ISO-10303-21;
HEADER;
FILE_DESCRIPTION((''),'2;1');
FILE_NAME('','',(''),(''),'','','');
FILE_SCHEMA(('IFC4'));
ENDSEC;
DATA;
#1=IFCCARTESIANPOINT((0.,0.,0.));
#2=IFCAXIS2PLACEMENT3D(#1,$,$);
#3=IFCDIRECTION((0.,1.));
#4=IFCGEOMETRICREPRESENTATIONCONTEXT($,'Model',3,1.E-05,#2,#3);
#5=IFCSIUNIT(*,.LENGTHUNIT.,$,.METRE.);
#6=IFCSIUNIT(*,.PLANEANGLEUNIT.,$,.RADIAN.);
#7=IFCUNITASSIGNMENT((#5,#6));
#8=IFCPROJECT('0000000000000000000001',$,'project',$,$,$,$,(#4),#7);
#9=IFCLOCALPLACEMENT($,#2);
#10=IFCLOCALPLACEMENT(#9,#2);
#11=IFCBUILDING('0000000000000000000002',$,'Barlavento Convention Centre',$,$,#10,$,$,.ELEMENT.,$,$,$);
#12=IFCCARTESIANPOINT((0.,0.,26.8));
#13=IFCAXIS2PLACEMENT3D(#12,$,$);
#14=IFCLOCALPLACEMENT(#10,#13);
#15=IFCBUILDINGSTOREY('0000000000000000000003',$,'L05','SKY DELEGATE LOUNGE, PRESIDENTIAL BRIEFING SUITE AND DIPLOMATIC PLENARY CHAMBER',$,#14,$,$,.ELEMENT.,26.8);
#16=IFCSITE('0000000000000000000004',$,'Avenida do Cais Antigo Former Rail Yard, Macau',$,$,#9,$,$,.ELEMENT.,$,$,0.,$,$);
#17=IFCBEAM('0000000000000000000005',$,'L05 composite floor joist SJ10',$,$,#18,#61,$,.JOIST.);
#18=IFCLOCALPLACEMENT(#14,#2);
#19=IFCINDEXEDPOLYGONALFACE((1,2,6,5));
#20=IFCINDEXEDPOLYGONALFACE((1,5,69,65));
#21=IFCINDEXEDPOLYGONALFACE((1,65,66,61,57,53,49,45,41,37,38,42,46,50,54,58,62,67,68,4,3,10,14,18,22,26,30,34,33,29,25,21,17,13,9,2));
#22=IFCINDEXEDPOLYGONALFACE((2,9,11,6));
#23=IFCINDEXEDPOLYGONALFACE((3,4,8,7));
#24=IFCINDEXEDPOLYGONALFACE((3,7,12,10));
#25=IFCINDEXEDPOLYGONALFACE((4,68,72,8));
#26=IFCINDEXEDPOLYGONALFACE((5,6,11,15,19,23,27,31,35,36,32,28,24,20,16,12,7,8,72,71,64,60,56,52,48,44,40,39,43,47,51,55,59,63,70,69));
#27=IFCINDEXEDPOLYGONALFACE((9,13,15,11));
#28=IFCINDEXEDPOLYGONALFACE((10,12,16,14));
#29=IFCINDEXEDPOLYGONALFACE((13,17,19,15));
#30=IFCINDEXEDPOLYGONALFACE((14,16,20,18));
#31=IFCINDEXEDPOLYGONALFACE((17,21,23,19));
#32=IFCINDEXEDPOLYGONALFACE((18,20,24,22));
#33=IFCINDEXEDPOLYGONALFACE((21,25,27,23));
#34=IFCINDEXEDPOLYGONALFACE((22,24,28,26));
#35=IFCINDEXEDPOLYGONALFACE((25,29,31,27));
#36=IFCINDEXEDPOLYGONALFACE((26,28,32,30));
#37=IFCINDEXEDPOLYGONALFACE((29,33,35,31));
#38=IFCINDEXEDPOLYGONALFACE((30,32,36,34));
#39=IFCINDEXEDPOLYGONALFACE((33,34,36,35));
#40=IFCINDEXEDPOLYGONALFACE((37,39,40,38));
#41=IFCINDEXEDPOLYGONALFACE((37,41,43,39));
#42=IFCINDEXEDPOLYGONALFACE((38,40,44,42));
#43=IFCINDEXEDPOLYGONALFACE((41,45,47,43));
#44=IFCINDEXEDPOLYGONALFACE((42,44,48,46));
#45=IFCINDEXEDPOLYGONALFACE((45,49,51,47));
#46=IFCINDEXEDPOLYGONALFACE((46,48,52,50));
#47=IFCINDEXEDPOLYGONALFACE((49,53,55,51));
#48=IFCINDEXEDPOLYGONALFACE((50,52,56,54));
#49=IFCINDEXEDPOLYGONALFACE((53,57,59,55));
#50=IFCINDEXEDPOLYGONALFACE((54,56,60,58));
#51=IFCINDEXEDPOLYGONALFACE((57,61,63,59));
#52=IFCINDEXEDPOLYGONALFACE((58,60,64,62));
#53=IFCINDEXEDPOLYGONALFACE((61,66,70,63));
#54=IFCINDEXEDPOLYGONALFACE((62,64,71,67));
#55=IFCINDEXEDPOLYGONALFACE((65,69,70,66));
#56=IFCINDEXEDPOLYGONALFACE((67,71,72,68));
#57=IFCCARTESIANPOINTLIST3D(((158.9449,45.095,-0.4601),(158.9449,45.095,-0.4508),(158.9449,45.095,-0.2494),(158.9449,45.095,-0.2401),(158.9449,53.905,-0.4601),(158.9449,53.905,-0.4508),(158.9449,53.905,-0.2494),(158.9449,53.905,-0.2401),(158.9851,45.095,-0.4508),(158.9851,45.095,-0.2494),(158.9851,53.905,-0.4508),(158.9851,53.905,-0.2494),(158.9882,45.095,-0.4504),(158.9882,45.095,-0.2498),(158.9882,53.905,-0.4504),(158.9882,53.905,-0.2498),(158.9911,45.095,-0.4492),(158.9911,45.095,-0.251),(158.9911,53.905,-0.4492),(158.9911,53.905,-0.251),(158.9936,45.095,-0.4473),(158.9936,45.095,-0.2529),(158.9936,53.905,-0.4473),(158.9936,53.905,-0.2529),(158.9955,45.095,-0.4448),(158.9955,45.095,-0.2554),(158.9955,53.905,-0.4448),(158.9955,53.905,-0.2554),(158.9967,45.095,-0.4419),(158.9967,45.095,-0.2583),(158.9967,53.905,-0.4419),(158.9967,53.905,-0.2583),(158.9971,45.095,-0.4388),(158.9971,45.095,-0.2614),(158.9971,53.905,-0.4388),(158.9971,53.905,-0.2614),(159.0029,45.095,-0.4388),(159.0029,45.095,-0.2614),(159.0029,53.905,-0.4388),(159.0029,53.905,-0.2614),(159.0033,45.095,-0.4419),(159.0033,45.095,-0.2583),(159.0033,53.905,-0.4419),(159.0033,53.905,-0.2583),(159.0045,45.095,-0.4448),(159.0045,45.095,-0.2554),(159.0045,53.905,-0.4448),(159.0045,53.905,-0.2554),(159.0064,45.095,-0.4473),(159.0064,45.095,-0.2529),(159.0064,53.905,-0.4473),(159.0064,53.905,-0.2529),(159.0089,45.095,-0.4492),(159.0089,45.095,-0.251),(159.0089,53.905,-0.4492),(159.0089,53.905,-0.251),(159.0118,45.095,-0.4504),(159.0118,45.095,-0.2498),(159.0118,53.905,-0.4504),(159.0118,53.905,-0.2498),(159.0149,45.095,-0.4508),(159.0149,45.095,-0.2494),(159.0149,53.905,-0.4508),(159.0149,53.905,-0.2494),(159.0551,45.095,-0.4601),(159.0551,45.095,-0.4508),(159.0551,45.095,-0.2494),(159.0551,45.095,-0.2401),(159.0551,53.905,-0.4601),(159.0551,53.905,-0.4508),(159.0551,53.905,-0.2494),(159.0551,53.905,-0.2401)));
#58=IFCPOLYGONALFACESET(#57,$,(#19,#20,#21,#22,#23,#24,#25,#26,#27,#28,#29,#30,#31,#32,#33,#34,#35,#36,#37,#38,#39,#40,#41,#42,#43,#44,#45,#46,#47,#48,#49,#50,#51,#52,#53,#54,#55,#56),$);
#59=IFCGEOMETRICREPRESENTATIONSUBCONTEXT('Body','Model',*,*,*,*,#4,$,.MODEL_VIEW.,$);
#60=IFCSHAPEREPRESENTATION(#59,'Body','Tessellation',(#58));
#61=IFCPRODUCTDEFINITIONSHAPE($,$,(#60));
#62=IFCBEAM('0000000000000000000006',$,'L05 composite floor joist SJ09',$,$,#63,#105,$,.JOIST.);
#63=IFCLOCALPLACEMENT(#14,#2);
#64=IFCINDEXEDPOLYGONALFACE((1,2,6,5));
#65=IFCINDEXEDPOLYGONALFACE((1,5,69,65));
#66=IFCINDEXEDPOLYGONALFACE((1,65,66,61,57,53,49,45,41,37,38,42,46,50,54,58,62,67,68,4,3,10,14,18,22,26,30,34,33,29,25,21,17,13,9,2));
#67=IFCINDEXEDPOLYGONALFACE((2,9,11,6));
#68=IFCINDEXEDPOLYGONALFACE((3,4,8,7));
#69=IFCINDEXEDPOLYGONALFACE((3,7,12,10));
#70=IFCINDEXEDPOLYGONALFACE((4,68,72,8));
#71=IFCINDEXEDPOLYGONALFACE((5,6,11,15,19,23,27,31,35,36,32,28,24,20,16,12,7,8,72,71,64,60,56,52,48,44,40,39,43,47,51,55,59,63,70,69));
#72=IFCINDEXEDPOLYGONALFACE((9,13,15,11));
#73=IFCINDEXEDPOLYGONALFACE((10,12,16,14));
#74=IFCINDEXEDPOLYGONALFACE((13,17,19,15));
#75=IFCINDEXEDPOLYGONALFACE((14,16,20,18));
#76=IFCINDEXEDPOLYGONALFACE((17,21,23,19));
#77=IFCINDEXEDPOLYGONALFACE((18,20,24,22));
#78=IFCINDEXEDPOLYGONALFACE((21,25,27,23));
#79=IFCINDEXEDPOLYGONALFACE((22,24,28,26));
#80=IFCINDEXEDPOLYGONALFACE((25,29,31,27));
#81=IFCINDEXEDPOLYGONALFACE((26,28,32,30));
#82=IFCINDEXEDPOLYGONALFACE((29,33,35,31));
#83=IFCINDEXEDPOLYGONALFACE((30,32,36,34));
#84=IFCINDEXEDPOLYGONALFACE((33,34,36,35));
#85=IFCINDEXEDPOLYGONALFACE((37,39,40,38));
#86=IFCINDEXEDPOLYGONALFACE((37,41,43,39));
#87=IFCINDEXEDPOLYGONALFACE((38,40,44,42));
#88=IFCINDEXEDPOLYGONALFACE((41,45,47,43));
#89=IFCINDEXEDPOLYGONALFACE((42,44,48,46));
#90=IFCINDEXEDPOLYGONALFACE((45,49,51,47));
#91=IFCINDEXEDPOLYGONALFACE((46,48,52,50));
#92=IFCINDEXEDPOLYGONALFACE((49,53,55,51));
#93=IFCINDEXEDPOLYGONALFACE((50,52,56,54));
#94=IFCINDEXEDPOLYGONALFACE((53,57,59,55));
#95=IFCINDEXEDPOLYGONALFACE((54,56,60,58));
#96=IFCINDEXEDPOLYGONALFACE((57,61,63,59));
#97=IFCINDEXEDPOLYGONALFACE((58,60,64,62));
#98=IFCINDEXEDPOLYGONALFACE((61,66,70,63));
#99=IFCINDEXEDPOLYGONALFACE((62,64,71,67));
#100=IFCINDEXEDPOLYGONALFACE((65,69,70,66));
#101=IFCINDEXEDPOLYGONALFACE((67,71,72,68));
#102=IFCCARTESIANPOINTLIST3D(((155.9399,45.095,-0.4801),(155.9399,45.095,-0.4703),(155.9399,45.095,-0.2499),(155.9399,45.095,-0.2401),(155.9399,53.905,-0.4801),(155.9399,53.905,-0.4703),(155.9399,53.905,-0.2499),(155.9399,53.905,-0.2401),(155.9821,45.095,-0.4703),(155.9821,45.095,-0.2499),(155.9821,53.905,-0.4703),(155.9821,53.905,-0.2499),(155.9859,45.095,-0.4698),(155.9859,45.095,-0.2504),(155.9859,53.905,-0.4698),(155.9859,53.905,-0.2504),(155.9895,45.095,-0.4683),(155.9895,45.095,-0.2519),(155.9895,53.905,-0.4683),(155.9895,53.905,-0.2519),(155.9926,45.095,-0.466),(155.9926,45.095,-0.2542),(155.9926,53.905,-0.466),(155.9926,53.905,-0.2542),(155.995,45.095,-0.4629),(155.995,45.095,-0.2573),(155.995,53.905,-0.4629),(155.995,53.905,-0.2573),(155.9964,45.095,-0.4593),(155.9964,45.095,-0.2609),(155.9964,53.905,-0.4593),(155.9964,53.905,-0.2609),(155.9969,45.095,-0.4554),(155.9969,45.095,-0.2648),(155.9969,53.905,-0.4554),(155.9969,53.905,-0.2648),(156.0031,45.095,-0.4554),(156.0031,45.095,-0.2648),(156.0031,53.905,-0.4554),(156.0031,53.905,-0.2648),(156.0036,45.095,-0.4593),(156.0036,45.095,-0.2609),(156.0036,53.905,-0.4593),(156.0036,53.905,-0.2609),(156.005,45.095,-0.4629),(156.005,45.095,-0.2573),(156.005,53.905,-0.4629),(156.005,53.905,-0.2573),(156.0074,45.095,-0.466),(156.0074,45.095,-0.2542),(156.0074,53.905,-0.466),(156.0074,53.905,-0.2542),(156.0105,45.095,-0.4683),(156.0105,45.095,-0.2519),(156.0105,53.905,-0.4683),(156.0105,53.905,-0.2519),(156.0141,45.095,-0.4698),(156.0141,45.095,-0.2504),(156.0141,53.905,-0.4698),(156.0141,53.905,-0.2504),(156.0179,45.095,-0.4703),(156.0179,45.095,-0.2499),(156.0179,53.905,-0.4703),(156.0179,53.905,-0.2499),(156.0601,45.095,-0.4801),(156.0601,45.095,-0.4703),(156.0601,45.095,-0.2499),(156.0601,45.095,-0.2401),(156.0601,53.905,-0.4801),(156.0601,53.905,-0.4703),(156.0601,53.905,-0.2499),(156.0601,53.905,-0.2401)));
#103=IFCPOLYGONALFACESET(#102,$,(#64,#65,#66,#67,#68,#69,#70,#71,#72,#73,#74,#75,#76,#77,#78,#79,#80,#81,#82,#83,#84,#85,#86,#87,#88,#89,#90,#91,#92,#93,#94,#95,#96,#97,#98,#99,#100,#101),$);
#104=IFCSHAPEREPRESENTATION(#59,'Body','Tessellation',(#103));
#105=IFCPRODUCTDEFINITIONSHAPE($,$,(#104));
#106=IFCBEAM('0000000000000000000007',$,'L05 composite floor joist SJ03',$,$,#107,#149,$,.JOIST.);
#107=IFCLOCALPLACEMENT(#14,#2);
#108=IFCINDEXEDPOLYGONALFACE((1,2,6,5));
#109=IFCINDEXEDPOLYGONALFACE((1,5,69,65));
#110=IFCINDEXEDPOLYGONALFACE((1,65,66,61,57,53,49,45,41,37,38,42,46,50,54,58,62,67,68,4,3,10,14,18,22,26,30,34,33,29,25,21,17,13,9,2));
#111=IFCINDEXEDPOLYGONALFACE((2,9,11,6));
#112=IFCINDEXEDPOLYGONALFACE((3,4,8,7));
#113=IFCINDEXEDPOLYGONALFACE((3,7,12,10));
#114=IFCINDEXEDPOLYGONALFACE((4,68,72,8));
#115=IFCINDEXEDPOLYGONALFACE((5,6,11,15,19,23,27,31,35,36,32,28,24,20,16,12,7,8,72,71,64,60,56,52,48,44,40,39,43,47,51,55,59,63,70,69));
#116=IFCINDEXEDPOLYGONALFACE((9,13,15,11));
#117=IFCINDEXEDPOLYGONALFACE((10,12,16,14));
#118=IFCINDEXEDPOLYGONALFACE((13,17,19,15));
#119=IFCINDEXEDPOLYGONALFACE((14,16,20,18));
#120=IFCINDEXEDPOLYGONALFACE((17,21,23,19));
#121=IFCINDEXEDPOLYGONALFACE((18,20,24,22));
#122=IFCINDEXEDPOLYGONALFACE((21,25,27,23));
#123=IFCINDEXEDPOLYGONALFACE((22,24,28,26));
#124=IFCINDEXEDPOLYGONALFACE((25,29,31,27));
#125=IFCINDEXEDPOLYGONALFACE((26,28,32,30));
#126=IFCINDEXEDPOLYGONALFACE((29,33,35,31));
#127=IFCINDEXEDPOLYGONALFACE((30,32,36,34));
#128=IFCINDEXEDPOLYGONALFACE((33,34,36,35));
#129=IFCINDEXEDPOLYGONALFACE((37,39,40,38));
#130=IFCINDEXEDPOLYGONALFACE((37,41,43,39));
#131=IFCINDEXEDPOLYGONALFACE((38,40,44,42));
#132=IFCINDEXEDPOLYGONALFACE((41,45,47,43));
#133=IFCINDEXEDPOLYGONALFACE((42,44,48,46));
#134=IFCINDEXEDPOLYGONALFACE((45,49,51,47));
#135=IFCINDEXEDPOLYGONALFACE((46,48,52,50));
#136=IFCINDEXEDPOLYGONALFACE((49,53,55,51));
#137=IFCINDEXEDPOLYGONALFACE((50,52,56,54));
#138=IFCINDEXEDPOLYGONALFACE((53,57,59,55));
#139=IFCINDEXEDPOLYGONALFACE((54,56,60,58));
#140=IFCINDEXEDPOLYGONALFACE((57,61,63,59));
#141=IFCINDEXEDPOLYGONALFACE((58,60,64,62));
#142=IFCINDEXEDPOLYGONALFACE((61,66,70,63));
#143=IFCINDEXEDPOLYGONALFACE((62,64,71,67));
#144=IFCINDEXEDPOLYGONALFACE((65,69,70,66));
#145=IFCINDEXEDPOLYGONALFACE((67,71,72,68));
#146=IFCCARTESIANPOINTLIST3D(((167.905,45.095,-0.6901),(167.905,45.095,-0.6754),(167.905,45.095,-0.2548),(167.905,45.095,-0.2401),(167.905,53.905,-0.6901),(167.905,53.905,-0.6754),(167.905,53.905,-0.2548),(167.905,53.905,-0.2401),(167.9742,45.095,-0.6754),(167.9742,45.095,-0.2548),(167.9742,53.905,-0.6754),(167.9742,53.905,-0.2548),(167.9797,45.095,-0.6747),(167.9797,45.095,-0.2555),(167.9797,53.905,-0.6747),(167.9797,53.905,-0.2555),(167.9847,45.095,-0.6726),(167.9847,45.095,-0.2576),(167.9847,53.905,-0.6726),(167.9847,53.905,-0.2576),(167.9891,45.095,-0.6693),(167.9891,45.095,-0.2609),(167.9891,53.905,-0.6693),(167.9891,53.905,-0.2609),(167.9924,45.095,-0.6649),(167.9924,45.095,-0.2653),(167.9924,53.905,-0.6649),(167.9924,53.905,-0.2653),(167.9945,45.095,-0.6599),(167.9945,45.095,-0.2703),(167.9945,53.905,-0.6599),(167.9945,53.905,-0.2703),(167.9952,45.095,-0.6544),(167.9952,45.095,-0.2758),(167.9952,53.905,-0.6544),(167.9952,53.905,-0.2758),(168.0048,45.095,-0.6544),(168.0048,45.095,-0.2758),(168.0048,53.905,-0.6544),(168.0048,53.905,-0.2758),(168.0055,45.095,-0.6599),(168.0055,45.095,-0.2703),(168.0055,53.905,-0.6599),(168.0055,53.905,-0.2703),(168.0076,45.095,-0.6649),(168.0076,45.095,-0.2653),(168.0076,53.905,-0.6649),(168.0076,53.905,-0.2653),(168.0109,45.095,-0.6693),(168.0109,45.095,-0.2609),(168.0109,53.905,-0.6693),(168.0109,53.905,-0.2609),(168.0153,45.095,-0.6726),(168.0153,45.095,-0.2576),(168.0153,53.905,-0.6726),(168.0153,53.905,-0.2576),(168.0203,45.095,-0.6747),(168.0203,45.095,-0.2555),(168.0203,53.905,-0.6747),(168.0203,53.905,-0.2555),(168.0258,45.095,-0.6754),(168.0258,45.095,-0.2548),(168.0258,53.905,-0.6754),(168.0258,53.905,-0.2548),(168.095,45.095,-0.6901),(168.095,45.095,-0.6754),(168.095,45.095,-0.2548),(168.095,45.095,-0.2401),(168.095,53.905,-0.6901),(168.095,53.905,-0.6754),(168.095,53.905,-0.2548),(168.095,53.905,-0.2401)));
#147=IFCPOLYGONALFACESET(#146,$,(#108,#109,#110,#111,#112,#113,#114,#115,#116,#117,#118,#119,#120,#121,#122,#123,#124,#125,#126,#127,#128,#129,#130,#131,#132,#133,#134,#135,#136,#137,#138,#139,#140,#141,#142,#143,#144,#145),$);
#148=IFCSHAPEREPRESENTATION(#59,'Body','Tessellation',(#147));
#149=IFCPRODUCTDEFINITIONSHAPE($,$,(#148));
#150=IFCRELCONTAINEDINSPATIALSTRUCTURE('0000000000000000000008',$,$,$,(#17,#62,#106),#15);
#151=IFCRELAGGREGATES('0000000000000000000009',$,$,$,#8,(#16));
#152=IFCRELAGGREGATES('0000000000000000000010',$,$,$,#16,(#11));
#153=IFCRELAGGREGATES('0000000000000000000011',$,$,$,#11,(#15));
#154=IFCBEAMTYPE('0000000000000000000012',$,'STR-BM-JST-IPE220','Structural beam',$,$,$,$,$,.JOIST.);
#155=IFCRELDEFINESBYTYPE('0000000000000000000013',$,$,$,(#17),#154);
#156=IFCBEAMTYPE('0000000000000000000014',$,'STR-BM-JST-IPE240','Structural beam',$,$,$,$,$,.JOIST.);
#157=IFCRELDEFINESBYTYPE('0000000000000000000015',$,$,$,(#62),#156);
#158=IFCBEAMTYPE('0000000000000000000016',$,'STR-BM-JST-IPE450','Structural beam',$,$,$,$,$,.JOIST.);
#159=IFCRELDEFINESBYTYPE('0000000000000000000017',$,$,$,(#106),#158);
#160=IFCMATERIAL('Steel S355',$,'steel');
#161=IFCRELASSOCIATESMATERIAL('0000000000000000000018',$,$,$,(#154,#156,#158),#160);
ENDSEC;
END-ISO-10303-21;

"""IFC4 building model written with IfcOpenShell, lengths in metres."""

from ifc_helpers import new_model, si_unit, direction, frame, origin, origin_2d, place, context, subcontext, project, spatial, i_section, extrude, material, material_profile, profile_set, type_object, element, save


model = new_model("IFC4")

# Units and contexts
model_context = context("Model", 3, precision=1e-05, world=origin(), true_north=direction((0.0, 1.0)))
body_context = subcontext(model_context, "Body", "Model", "MODEL_VIEW")
ifc_project = project(units=[si_unit("LENGTHUNIT", "METRE"), si_unit("PLANEANGLEUNIT", "RADIAN")], contexts=[model_context])

# Site, building, storey
site_placement = place(None, origin())
site = spatial("IfcSite", under=ifc_project, at=site_placement, Name="Avenida do Cais Antigo Former Rail Yard, Macau", CompositionType="ELEMENT", RefElevation=0.0)
building_placement = place(site_placement, origin())
building = spatial("IfcBuilding", under=site, at=building_placement, Name="Barlavento Convention Centre", CompositionType="ELEMENT")
storey_placement = place(building_placement, frame((0.0, 0.0, 26.8)))
storey = spatial("IfcBuildingStorey", under=building, at=storey_placement, Name="L05", Description="SKY DELEGATE LOUNGE, PRESIDENTIAL BRIEFING SUITE AND DIPLOMATIC PLENARY CHAMBER", CompositionType="ELEMENT", Elevation=26.8)

# Beams
ifc_material_1 = material(Name="Steel S355", Category="steel")
ifc_material_profile_1 = material_profile(ifc_material_1, i_section(OverallWidth=0.1101, OverallDepth=0.22, WebThickness=0.0059, FlangeThickness=0.0093, FilletRadius=0.012, at=origin_2d()), Name="IPE 220")
ifc_profile_set_1 = profile_set([ifc_material_profile_1], Name="Steel S355")
beam_type_1 = type_object("IfcBeamType", Name="STR-BM-JST-IPE220", Description="Structural beam", PredefinedType="JOIST", material=ifc_profile_set_1)
beam_1_placement = place(storey_placement, frame((159.0, 45.095, -0.3501), z_axis=(0.0, 1.0, 0.0), x_axis=(-1.0, 0.0, 0.0)))
element("IfcBeam", 1, at=beam_1_placement, inside=storey, type_object=beam_type_1, Name="L05 composite floor joist SJ10", PredefinedType="JOIST", context=body_context, shape_type="SweptSolid", body=[
    extrude(i_section(OverallWidth=0.1101, OverallDepth=0.22, WebThickness=0.0059, FlangeThickness=0.0093, FilletRadius=0.012, at=origin_2d()), origin(), (0.0, 0.0, 1.0), 8.8101),
])
ifc_material_profile_2 = material_profile(ifc_material_1, i_section(OverallWidth=0.1201, OverallDepth=0.24, WebThickness=0.0061, FlangeThickness=0.0098, FilletRadius=0.0149, at=origin_2d()), Name="IPE 240")
ifc_profile_set_2 = profile_set([ifc_material_profile_2], Name="Steel S355")
beam_type_2 = type_object("IfcBeamType", Name="STR-BM-JST-IPE240", Description="Structural beam", PredefinedType="JOIST", material=ifc_profile_set_2)
beam_2_placement = place(storey_placement, frame((156.0, 45.095, -0.3601), z_axis=(0.0, 1.0, 0.0), x_axis=(-1.0, 0.0, 0.0)))
element("IfcBeam", 2, at=beam_2_placement, inside=storey, type_object=beam_type_2, Name="L05 composite floor joist SJ09", PredefinedType="JOIST", context=body_context, shape_type="SweptSolid", body=[
    extrude(i_section(OverallWidth=0.1201, OverallDepth=0.24, WebThickness=0.0061, FlangeThickness=0.0098, FilletRadius=0.0149, at=origin_2d()), origin(), (0.0, 0.0, 1.0), 8.8101),
])
ifc_material_profile_3 = material_profile(ifc_material_1, i_section(OverallWidth=0.1899, OverallDepth=0.45, WebThickness=0.0095, FlangeThickness=0.0146, FilletRadius=0.021, at=origin_2d()), Name="IPE 450")
ifc_profile_set_3 = profile_set([ifc_material_profile_3], Name="Steel S355")
beam_type_3 = type_object("IfcBeamType", Name="STR-BM-JST-IPE450", Description="Structural beam", PredefinedType="JOIST", material=ifc_profile_set_3)
beam_3_placement = place(storey_placement, frame((168.0, 45.095, -0.4651), z_axis=(0.0, 1.0, 0.0), x_axis=(-1.0, 0.0, 0.0)))
element("IfcBeam", 3, at=beam_3_placement, inside=storey, type_object=beam_type_3, Name="L05 composite floor joist SJ03", PredefinedType="JOIST", context=body_context, shape_type="SweptSolid", body=[
    extrude(i_section(OverallWidth=0.1899, OverallDepth=0.45, WebThickness=0.0095, FlangeThickness=0.0146, FilletRadius=0.021, at=origin_2d()), origin(), (0.0, 0.0, 1.0), 8.8101),
])

save(model, "model.ifc")
